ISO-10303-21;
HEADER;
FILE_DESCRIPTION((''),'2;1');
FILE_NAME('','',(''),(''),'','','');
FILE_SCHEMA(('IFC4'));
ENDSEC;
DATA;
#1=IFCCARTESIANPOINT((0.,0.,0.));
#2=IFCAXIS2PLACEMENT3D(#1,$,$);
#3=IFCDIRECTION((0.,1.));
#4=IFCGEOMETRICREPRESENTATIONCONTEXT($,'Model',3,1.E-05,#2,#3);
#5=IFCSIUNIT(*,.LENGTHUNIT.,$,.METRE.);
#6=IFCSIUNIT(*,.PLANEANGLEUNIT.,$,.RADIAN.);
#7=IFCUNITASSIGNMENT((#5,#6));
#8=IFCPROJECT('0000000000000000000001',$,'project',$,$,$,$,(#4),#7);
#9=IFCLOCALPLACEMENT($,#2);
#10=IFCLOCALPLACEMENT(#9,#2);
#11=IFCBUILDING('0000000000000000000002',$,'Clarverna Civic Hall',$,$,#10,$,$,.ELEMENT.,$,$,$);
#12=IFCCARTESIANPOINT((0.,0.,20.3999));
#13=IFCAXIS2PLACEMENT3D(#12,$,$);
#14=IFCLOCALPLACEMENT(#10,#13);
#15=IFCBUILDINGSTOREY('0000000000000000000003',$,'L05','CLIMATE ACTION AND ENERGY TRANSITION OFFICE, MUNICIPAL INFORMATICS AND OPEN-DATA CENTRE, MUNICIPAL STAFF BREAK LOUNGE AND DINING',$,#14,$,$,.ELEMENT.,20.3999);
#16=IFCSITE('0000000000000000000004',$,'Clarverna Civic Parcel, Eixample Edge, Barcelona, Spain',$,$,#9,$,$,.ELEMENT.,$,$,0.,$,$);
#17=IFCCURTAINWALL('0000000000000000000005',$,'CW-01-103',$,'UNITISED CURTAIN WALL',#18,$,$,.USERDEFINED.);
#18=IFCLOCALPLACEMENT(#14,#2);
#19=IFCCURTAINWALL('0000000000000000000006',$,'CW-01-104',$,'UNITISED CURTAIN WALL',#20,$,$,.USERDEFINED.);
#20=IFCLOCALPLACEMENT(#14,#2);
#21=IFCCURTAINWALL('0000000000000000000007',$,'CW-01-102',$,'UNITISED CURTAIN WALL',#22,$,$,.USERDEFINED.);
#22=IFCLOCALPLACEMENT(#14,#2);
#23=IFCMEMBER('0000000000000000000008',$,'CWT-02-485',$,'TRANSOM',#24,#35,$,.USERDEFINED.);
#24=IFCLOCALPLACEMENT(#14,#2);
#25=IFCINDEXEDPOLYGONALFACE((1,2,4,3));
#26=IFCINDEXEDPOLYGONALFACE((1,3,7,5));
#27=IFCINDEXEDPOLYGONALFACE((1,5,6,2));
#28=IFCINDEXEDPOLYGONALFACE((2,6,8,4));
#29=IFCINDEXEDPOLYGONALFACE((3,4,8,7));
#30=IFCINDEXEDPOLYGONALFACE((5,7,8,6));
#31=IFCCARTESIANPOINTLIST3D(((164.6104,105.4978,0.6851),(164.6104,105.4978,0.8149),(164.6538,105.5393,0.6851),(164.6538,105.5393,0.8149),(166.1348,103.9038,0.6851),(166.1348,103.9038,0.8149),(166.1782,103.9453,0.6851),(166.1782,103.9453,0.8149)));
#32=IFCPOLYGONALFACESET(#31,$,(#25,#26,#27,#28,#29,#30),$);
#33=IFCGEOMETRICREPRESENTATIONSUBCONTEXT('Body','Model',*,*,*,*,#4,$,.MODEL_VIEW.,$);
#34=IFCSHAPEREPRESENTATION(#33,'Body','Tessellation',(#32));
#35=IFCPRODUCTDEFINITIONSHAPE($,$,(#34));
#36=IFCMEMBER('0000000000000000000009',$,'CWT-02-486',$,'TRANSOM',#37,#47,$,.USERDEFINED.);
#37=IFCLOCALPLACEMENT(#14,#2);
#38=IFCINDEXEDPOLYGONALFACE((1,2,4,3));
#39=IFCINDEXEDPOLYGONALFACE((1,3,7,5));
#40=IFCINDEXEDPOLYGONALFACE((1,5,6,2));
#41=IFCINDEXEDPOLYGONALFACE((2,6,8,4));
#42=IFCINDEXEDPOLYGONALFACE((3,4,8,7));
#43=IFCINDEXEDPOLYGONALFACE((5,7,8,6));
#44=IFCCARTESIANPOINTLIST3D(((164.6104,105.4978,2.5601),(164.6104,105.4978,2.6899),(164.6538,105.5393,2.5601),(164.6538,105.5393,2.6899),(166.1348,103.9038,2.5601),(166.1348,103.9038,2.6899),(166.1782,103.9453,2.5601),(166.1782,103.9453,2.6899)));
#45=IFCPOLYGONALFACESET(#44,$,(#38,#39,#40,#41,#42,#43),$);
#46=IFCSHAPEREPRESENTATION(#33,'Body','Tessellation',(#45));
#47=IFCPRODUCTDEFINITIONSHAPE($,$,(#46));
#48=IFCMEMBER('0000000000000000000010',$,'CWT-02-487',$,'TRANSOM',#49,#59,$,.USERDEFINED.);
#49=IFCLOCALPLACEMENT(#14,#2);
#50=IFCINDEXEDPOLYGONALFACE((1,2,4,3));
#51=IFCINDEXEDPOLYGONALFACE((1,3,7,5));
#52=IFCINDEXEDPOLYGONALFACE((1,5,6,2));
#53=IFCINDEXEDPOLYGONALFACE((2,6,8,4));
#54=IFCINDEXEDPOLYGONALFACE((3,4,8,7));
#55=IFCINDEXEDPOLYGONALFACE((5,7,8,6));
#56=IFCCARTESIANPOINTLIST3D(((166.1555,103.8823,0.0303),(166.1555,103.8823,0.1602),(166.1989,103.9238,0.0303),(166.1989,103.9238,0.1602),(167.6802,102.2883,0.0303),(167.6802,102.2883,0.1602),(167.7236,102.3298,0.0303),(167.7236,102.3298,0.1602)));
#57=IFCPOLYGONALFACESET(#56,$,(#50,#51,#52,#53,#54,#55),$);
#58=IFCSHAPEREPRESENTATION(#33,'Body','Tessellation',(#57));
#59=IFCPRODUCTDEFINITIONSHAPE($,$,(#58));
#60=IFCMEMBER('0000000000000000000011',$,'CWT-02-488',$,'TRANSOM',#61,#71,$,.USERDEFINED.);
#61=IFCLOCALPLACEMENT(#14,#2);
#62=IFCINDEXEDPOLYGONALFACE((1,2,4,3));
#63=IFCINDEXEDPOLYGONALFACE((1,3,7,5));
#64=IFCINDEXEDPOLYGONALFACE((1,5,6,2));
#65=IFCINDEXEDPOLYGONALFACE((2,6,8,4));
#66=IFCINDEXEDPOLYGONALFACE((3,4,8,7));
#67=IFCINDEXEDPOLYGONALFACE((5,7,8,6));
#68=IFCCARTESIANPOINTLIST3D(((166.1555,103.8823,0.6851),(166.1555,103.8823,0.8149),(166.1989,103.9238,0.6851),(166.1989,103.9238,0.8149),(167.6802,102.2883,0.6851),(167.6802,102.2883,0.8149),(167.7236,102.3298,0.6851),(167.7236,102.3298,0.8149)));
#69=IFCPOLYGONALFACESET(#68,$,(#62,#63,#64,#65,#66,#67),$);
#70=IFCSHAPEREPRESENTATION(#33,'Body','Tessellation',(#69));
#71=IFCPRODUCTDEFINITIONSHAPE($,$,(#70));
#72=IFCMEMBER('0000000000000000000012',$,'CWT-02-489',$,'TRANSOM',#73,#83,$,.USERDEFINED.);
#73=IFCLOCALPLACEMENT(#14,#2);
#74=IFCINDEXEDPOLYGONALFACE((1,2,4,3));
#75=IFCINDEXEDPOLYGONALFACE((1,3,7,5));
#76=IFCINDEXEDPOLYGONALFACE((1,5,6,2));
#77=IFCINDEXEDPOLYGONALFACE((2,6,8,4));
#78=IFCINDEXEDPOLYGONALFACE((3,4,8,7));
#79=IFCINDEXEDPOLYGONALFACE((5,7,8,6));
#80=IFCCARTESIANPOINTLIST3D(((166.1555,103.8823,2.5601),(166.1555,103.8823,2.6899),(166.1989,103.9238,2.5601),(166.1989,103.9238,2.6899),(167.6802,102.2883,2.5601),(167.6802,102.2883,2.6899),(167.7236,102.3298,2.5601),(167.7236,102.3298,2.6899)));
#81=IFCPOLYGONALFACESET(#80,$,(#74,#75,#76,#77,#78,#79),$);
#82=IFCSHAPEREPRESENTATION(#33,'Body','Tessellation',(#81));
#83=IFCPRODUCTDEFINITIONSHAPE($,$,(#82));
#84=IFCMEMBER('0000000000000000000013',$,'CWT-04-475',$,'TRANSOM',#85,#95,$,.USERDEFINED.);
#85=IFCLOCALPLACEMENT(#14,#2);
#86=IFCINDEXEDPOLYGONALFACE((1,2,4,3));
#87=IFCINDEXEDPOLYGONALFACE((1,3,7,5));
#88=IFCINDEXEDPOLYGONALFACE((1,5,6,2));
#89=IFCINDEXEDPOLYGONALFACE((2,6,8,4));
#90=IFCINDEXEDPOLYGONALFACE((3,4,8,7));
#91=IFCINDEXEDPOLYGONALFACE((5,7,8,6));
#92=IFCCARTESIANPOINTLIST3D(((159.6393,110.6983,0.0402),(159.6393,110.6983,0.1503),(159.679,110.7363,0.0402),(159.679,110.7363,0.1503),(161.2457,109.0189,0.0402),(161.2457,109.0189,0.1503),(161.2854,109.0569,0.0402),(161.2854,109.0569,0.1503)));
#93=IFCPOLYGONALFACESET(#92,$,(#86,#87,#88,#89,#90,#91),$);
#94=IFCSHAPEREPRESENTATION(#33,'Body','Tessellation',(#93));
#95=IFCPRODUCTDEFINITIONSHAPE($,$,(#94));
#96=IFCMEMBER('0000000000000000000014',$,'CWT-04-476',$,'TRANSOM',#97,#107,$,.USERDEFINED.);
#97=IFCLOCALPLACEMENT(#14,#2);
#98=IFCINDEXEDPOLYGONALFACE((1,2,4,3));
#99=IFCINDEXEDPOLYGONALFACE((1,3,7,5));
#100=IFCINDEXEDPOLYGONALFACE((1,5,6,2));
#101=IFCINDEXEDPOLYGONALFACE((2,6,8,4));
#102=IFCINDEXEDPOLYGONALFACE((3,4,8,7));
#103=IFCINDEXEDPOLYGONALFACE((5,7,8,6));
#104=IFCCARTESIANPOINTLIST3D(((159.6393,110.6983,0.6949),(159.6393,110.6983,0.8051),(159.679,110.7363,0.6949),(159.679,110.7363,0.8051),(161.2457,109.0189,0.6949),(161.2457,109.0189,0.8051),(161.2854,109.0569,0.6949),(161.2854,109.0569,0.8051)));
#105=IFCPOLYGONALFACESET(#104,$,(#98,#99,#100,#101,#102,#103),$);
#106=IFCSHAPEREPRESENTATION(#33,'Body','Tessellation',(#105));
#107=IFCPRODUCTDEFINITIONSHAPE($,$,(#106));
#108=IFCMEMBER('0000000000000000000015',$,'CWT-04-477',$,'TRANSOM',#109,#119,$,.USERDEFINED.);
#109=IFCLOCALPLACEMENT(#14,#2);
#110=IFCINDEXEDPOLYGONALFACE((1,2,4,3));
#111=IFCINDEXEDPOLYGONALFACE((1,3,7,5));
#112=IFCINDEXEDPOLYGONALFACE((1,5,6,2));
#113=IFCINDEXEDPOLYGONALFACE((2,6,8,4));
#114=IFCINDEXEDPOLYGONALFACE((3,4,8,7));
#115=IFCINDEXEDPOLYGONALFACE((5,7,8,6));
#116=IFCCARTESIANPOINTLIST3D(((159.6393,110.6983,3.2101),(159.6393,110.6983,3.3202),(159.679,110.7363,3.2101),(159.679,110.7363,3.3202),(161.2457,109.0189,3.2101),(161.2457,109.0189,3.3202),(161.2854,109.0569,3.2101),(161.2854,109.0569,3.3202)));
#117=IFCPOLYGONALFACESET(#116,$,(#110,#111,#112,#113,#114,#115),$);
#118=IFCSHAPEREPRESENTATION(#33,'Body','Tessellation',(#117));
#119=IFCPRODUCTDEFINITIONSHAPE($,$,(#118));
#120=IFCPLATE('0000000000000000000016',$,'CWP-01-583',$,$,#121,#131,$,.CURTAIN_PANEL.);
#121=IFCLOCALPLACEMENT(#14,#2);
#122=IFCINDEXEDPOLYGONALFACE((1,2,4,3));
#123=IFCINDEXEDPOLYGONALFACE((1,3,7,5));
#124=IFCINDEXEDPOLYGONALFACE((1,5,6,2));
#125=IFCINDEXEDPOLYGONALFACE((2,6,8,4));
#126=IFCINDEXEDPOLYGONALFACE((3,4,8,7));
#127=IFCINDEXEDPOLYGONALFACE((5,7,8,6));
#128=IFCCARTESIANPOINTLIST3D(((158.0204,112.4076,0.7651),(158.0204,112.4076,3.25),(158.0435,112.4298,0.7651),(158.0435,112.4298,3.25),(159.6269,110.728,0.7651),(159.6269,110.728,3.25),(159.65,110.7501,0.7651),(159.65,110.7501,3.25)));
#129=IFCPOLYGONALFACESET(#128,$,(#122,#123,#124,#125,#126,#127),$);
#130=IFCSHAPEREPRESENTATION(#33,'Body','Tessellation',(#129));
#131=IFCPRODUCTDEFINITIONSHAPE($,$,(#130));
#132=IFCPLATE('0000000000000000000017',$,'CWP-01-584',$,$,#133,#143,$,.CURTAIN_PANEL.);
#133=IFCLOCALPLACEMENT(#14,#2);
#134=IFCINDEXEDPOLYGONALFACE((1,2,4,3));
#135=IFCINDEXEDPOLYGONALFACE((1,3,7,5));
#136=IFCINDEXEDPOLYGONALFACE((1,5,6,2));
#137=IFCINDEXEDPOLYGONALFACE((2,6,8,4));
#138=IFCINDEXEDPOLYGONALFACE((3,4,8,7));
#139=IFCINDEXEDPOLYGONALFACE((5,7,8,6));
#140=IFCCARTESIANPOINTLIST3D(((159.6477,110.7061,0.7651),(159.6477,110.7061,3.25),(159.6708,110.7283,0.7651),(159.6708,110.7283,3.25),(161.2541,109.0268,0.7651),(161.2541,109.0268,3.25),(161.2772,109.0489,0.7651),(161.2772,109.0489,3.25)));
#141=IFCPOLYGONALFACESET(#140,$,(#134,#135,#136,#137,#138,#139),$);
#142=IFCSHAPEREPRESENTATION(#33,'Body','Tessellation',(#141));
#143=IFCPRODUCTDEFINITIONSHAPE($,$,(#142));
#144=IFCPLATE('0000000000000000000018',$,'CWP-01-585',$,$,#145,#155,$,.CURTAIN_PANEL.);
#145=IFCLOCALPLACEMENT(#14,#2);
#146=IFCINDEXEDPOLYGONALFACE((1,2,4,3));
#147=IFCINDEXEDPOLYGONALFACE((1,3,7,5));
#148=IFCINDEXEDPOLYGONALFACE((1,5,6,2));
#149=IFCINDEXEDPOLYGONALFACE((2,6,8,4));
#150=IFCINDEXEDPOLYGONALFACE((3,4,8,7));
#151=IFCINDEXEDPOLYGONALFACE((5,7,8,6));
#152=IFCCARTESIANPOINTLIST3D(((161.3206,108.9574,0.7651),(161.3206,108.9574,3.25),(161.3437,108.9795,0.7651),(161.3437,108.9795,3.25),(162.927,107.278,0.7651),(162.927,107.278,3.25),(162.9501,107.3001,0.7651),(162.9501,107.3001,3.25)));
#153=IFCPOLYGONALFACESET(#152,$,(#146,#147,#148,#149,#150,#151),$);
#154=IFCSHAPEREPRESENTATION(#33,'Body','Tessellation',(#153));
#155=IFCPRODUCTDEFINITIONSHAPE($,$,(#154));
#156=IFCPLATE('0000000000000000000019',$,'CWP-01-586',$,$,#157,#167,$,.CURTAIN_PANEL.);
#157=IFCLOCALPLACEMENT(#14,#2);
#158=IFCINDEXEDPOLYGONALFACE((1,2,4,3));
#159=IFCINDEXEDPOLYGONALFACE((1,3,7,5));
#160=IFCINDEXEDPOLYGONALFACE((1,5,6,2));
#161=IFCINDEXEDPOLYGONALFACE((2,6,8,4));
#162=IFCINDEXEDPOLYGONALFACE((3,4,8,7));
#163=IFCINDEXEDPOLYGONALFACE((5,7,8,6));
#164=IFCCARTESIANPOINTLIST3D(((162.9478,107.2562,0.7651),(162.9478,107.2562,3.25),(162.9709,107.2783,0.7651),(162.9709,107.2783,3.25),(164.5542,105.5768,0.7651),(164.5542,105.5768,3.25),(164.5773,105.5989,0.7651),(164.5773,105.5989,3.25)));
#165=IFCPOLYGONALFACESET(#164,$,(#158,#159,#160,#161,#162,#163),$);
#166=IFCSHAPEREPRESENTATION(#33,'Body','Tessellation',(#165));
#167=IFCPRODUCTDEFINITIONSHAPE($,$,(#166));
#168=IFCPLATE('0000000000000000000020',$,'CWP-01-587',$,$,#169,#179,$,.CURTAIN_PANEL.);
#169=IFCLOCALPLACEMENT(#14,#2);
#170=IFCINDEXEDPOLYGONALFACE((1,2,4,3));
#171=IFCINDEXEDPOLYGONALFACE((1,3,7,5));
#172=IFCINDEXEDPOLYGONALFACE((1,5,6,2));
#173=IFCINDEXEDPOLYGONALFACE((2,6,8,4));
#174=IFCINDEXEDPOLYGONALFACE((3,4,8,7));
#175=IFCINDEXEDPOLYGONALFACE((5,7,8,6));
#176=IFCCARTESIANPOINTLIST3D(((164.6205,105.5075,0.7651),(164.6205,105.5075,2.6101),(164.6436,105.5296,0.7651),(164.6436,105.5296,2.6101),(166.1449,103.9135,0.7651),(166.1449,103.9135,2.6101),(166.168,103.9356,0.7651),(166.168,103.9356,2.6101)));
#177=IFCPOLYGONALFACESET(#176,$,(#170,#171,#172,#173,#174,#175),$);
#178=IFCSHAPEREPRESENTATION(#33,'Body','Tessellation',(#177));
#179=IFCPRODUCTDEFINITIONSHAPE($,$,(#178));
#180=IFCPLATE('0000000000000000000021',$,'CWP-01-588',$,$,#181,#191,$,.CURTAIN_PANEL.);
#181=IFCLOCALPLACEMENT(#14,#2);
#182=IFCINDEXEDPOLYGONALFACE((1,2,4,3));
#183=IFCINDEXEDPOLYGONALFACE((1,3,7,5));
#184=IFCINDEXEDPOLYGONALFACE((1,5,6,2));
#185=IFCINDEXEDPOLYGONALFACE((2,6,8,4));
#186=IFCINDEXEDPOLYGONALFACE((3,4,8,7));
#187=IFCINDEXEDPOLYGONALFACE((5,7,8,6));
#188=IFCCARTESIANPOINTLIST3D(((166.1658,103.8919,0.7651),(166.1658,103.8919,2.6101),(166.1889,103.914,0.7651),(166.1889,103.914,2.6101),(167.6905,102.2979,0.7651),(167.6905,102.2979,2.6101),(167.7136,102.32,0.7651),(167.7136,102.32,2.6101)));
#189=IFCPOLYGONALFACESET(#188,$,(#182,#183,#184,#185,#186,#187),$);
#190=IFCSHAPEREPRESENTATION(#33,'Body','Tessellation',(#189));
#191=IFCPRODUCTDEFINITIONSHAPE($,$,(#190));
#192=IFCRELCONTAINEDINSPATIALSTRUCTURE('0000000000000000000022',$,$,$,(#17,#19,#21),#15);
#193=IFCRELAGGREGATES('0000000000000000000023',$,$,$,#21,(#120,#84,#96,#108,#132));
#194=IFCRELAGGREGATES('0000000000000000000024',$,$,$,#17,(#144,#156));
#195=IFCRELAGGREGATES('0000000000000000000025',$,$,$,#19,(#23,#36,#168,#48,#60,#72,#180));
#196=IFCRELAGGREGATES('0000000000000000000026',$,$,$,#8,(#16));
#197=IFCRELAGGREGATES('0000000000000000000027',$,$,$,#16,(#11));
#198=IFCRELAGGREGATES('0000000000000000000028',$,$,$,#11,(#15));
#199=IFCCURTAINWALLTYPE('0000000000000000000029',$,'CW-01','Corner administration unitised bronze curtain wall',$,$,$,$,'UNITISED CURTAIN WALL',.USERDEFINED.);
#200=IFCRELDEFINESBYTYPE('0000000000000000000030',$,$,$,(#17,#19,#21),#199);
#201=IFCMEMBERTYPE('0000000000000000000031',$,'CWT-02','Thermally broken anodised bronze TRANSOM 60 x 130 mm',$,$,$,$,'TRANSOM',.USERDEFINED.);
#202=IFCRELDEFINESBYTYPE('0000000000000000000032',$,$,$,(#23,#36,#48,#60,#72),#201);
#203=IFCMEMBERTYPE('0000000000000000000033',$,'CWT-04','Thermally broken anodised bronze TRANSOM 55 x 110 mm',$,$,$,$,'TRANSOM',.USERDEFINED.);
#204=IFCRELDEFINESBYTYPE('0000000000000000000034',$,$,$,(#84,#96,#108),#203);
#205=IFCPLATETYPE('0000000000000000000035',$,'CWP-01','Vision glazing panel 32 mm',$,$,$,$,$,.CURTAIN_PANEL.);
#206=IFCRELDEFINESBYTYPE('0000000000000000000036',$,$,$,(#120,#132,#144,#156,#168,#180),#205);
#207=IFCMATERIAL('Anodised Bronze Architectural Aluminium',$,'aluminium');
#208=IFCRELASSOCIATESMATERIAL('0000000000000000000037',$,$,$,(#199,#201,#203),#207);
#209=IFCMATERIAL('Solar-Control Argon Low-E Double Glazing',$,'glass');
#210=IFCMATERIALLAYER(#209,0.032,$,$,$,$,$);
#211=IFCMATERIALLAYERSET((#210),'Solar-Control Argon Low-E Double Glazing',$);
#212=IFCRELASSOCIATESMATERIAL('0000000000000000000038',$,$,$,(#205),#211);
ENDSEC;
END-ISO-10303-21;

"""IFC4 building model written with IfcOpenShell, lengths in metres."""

from ifc_helpers import new_model, si_unit, direction, frame, frame_2d, origin, origin_2d, place, context, subcontext, project, spatial, rectangle, extrude, material, layer, layer_set, material_profile, profile_set, type_object, element, aggregate, save


model = new_model("IFC4")

# Units and contexts
model_context = context("Model", 3, precision=1e-05, world=origin(), true_north=direction((0.0, 1.0)))
body_context = subcontext(model_context, "Body", "Model", "MODEL_VIEW")
ifc_project = project(units=[si_unit("LENGTHUNIT", "METRE"), si_unit("PLANEANGLEUNIT", "RADIAN")], contexts=[model_context])

# Site, building, storey
site_placement = place(None, origin())
site = spatial("IfcSite", under=ifc_project, at=site_placement, Name="Clarverna Civic Parcel, Eixample Edge, Barcelona, Spain", CompositionType="ELEMENT", RefElevation=0.0)
building_placement = place(site_placement, origin())
building = spatial("IfcBuilding", under=site, at=building_placement, Name="Clarverna Civic Hall", CompositionType="ELEMENT")
storey_placement = place(building_placement, frame((0.0, 0.0, 20.3999)))
storey = spatial("IfcBuildingStorey", under=building, at=storey_placement, Name="L05", Description="CLIMATE ACTION AND ENERGY TRANSITION OFFICE, MUNICIPAL INFORMATICS AND OPEN-DATA CENTRE, MUNICIPAL STAFF BREAK LOUNGE AND DINING", CompositionType="ELEMENT", Elevation=20.3999)

# Curtain walls
ifc_material_1 = material(Name="Anodised Bronze Architectural Aluminium", Category="aluminium")
curtain_wall_type = type_object("IfcCurtainWallType", Name="CW-01", Description="Corner administration unitised bronze curtain wall", ElementType="UNITISED CURTAIN WALL", PredefinedType="USERDEFINED", material=ifc_material_1)
curtain_wall_1_placement = place(storey_placement, origin())
curtain_wall_1 = element("IfcCurtainWall", 1, at=curtain_wall_1_placement, inside=storey, type_object=curtain_wall_type, Name="CW-01-103", ObjectType="UNITISED CURTAIN WALL", PredefinedType="USERDEFINED")
curtain_wall_2_placement = place(storey_placement, origin())
curtain_wall_2 = element("IfcCurtainWall", 2, at=curtain_wall_2_placement, inside=storey, type_object=curtain_wall_type, Name="CW-01-104", ObjectType="UNITISED CURTAIN WALL", PredefinedType="USERDEFINED")
curtain_wall_3_placement = place(storey_placement, origin())
curtain_wall_3 = element("IfcCurtainWall", 3, at=curtain_wall_3_placement, inside=storey, type_object=curtain_wall_type, Name="CW-01-102", ObjectType="UNITISED CURTAIN WALL", PredefinedType="USERDEFINED")

# Members
ifc_material_profile_1 = material_profile(ifc_material_1, rectangle(XDim=0.0601, YDim=0.1299, at=origin_2d()), Name="BRONZE 60x130")
ifc_profile_set_1 = profile_set([ifc_material_profile_1], Name="Anodised Bronze Architectural Aluminium")
member_type_1 = type_object("IfcMemberType", Name="CWT-02", Description="Thermally broken anodised bronze TRANSOM 60 x 130 mm", ElementType="TRANSOM", PredefinedType="USERDEFINED", material=ifc_profile_set_1)
member_1_placement = place(storey_placement, frame((164.6321, 105.5186, 0.75), z_axis=(0.691157, -0.722704, 0.0), x_axis=(0.722704, 0.691157, 0.0)))
member_1 = element("IfcMember", 4, at=member_1_placement, type_object=member_type_1, Name="CWT-02-485", ObjectType="TRANSOM", PredefinedType="USERDEFINED", context=body_context, shape_type="SweptSolid", body=[
    extrude(rectangle(XDim=0.0601, YDim=0.1299, at=origin_2d()), origin(), (0.0, 0.0, 1.0), 2.2056),
])
member_2_placement = place(storey_placement, frame((164.6321, 105.5186, 2.625), z_axis=(0.691157, -0.722704, 0.0), x_axis=(0.722704, 0.691157, 0.0)))
member_2 = element("IfcMember", 5, at=member_2_placement, type_object=member_type_1, Name="CWT-02-486", ObjectType="TRANSOM", PredefinedType="USERDEFINED", context=body_context, shape_type="SweptSolid", body=[
    extrude(rectangle(XDim=0.0601, YDim=0.1299, at=origin_2d()), origin(), (0.0, 0.0, 1.0), 2.2056),
])
member_3_placement = place(storey_placement, frame((166.1772, 103.9031, 0.0952), z_axis=(0.691215, -0.722649, 0.0), x_axis=(0.722649, 0.691215, 0.0)))
member_3 = element("IfcMember", 6, at=member_3_placement, type_object=member_type_1, Name="CWT-02-487", ObjectType="TRANSOM", PredefinedType="USERDEFINED", context=body_context, shape_type="SweptSolid", body=[
    extrude(rectangle(XDim=0.0601, YDim=0.1299, at=origin_2d()), origin(), (0.0, 0.0, 1.0), 2.2058),
])
member_4_placement = place(storey_placement, frame((166.1772, 103.9031, 0.75), z_axis=(0.691215, -0.722649, 0.0), x_axis=(0.722649, 0.691215, 0.0)))
member_4 = element("IfcMember", 7, at=member_4_placement, type_object=member_type_1, Name="CWT-02-488", ObjectType="TRANSOM", PredefinedType="USERDEFINED", context=body_context, shape_type="SweptSolid", body=[
    extrude(rectangle(XDim=0.0601, YDim=0.1299, at=origin_2d()), origin(), (0.0, 0.0, 1.0), 2.2058),
])
member_5_placement = place(storey_placement, frame((166.1772, 103.9031, 2.625), z_axis=(0.691215, -0.722649, 0.0), x_axis=(0.722649, 0.691215, 0.0)))
member_5 = element("IfcMember", 8, at=member_5_placement, type_object=member_type_1, Name="CWT-02-489", ObjectType="TRANSOM", PredefinedType="USERDEFINED", context=body_context, shape_type="SweptSolid", body=[
    extrude(rectangle(XDim=0.0601, YDim=0.1299, at=origin_2d()), origin(), (0.0, 0.0, 1.0), 2.2058),
])
ifc_material_profile_2 = material_profile(ifc_material_1, rectangle(XDim=0.0549, YDim=0.1101, at=origin_2d()), Name="BRONZE 55x110")
ifc_profile_set_2 = profile_set([ifc_material_profile_2], Name="Anodised Bronze Architectural Aluminium")
member_type_2 = type_object("IfcMemberType", Name="CWT-04", Description="Thermally broken anodised bronze TRANSOM 55 x 110 mm", ElementType="TRANSOM", PredefinedType="USERDEFINED", material=ifc_profile_set_2)
member_6_placement = place(storey_placement, frame((159.6592, 110.7173, 0.0952), z_axis=(0.691227, -0.722637, 0.0), x_axis=(0.722637, 0.691227, 0.0)))
member_6 = element("IfcMember", 9, at=member_6_placement, type_object=member_type_2, Name="CWT-04-475", ObjectType="TRANSOM", PredefinedType="USERDEFINED", context=body_context, shape_type="SweptSolid", body=[
    extrude(rectangle(XDim=0.0549, YDim=0.1101, at=origin_2d()), origin(), (0.0, 0.0, 1.0), 2.324),
])
member_7_placement = place(storey_placement, frame((159.6592, 110.7173, 0.75), z_axis=(0.691227, -0.722637, 0.0), x_axis=(0.722637, 0.691227, 0.0)))
member_7 = element("IfcMember", 10, at=member_7_placement, type_object=member_type_2, Name="CWT-04-476", ObjectType="TRANSOM", PredefinedType="USERDEFINED", context=body_context, shape_type="SweptSolid", body=[
    extrude(rectangle(XDim=0.0549, YDim=0.1101, at=origin_2d()), origin(), (0.0, 0.0, 1.0), 2.324),
])
member_8_placement = place(storey_placement, frame((159.6592, 110.7173, 3.2651), z_axis=(0.691227, -0.722637, 0.0), x_axis=(0.722637, 0.691227, 0.0)))
member_8 = element("IfcMember", 11, at=member_8_placement, type_object=member_type_2, Name="CWT-04-477", ObjectType="TRANSOM", PredefinedType="USERDEFINED", context=body_context, shape_type="SweptSolid", body=[
    extrude(rectangle(XDim=0.0549, YDim=0.1101, at=origin_2d()), origin(), (0.0, 0.0, 1.0), 2.324),
])

# Plates
ifc_material_2 = material(Name="Solar-Control Argon Low-E Double Glazing", Category="glass")
ifc_layer_1 = layer(ifc_material_2, 0.032)
ifc_layer_set_1 = layer_set([ifc_layer_1], Name="Solar-Control Argon Low-E Double Glazing")
plate_type_1 = type_object("IfcPlateType", Name="CWP-01", Description="Vision glazing panel 32 mm", PredefinedType="CURTAIN_PANEL", material=ifc_layer_set_1)
plate_1_placement = place(storey_placement, frame((158.032, 112.4187, 0.7651), z_axis=(0.0, 0.0, 1.0), x_axis=(0.691175, -0.722687, 0.0)))
plate_1 = element("IfcPlate", 12, at=plate_1_placement, type_object=plate_type_1, Name="CWP-01-583", PredefinedType="CURTAIN_PANEL", context=body_context, shape_type="SweptSolid", body=[
    extrude(rectangle(XDim=2.3242, YDim=0.032, at=frame_2d((1.1621, 0.0))), origin(), (0.0, 0.0, 1.0), 2.4849),
])
plate_2_placement = place(storey_placement, frame((159.6592, 110.7173, 0.7651), z_axis=(0.0, 0.0, 1.0), x_axis=(0.691227, -0.722637, 0.0)))
plate_2 = element("IfcPlate", 13, at=plate_2_placement, type_object=plate_type_1, Name="CWP-01-584", PredefinedType="CURTAIN_PANEL", context=body_context, shape_type="SweptSolid", body=[
    extrude(rectangle(XDim=2.324, YDim=0.032, at=frame_2d((1.1621, 0.0))), origin(), (0.0, 0.0, 1.0), 2.4849),
])
plate_3_placement = place(storey_placement, frame((161.332, 108.9685, 0.7651), z_axis=(0.0, 0.0, 1.0), x_axis=(0.691227, -0.722637, 0.0)))
plate_3 = element("IfcPlate", 14, at=plate_3_placement, type_object=plate_type_1, Name="CWP-01-585", PredefinedType="CURTAIN_PANEL", context=body_context, shape_type="SweptSolid", body=[
    extrude(rectangle(XDim=2.324, YDim=0.032, at=frame_2d((1.1621, 0.0))), origin(), (0.0, 0.0, 1.0), 2.4849),
])
plate_4_placement = place(storey_placement, frame((162.9592, 107.2673, 0.7651), z_axis=(0.0, 0.0, 1.0), x_axis=(0.691227, -0.722637, 0.0)))
plate_4 = element("IfcPlate", 15, at=plate_4_placement, type_object=plate_type_1, Name="CWP-01-586", PredefinedType="CURTAIN_PANEL", context=body_context, shape_type="SweptSolid", body=[
    extrude(rectangle(XDim=2.324, YDim=0.032, at=frame_2d((1.1621, 0.0))), origin(), (0.0, 0.0, 1.0), 2.4849),
])
plate_5_placement = place(storey_placement, frame((164.6321, 105.5186, 0.7651), z_axis=(0.0, 0.0, 1.0), x_axis=(0.691157, -0.722704, 0.0)))
plate_5 = element("IfcPlate", 16, at=plate_5_placement, type_object=plate_type_1, Name="CWP-01-587", PredefinedType="CURTAIN_PANEL", context=body_context, shape_type="SweptSolid", body=[
    extrude(rectangle(XDim=2.2056, YDim=0.032, at=frame_2d((1.1028, 0.0))), origin(), (0.0, 0.0, 1.0), 1.845),
])
plate_6_placement = place(storey_placement, frame((166.1772, 103.9031, 0.7651), z_axis=(0.0, 0.0, 1.0), x_axis=(0.691215, -0.722649, 0.0)))
plate_6 = element("IfcPlate", 17, at=plate_6_placement, type_object=plate_type_1, Name="CWP-01-588", PredefinedType="CURTAIN_PANEL", context=body_context, shape_type="SweptSolid", body=[
    extrude(rectangle(XDim=2.2058, YDim=0.032, at=frame_2d((1.103, 0.0))), origin(), (0.0, 0.0, 1.0), 1.845),
])
aggregate(curtain_wall_3, [plate_1, member_6, member_7, member_8, plate_2])
aggregate(curtain_wall_1, [plate_3, plate_4])
aggregate(curtain_wall_2, [member_1, member_2, plate_5, member_3, member_4, member_5, plate_6])

save(model, "model.ifc")
